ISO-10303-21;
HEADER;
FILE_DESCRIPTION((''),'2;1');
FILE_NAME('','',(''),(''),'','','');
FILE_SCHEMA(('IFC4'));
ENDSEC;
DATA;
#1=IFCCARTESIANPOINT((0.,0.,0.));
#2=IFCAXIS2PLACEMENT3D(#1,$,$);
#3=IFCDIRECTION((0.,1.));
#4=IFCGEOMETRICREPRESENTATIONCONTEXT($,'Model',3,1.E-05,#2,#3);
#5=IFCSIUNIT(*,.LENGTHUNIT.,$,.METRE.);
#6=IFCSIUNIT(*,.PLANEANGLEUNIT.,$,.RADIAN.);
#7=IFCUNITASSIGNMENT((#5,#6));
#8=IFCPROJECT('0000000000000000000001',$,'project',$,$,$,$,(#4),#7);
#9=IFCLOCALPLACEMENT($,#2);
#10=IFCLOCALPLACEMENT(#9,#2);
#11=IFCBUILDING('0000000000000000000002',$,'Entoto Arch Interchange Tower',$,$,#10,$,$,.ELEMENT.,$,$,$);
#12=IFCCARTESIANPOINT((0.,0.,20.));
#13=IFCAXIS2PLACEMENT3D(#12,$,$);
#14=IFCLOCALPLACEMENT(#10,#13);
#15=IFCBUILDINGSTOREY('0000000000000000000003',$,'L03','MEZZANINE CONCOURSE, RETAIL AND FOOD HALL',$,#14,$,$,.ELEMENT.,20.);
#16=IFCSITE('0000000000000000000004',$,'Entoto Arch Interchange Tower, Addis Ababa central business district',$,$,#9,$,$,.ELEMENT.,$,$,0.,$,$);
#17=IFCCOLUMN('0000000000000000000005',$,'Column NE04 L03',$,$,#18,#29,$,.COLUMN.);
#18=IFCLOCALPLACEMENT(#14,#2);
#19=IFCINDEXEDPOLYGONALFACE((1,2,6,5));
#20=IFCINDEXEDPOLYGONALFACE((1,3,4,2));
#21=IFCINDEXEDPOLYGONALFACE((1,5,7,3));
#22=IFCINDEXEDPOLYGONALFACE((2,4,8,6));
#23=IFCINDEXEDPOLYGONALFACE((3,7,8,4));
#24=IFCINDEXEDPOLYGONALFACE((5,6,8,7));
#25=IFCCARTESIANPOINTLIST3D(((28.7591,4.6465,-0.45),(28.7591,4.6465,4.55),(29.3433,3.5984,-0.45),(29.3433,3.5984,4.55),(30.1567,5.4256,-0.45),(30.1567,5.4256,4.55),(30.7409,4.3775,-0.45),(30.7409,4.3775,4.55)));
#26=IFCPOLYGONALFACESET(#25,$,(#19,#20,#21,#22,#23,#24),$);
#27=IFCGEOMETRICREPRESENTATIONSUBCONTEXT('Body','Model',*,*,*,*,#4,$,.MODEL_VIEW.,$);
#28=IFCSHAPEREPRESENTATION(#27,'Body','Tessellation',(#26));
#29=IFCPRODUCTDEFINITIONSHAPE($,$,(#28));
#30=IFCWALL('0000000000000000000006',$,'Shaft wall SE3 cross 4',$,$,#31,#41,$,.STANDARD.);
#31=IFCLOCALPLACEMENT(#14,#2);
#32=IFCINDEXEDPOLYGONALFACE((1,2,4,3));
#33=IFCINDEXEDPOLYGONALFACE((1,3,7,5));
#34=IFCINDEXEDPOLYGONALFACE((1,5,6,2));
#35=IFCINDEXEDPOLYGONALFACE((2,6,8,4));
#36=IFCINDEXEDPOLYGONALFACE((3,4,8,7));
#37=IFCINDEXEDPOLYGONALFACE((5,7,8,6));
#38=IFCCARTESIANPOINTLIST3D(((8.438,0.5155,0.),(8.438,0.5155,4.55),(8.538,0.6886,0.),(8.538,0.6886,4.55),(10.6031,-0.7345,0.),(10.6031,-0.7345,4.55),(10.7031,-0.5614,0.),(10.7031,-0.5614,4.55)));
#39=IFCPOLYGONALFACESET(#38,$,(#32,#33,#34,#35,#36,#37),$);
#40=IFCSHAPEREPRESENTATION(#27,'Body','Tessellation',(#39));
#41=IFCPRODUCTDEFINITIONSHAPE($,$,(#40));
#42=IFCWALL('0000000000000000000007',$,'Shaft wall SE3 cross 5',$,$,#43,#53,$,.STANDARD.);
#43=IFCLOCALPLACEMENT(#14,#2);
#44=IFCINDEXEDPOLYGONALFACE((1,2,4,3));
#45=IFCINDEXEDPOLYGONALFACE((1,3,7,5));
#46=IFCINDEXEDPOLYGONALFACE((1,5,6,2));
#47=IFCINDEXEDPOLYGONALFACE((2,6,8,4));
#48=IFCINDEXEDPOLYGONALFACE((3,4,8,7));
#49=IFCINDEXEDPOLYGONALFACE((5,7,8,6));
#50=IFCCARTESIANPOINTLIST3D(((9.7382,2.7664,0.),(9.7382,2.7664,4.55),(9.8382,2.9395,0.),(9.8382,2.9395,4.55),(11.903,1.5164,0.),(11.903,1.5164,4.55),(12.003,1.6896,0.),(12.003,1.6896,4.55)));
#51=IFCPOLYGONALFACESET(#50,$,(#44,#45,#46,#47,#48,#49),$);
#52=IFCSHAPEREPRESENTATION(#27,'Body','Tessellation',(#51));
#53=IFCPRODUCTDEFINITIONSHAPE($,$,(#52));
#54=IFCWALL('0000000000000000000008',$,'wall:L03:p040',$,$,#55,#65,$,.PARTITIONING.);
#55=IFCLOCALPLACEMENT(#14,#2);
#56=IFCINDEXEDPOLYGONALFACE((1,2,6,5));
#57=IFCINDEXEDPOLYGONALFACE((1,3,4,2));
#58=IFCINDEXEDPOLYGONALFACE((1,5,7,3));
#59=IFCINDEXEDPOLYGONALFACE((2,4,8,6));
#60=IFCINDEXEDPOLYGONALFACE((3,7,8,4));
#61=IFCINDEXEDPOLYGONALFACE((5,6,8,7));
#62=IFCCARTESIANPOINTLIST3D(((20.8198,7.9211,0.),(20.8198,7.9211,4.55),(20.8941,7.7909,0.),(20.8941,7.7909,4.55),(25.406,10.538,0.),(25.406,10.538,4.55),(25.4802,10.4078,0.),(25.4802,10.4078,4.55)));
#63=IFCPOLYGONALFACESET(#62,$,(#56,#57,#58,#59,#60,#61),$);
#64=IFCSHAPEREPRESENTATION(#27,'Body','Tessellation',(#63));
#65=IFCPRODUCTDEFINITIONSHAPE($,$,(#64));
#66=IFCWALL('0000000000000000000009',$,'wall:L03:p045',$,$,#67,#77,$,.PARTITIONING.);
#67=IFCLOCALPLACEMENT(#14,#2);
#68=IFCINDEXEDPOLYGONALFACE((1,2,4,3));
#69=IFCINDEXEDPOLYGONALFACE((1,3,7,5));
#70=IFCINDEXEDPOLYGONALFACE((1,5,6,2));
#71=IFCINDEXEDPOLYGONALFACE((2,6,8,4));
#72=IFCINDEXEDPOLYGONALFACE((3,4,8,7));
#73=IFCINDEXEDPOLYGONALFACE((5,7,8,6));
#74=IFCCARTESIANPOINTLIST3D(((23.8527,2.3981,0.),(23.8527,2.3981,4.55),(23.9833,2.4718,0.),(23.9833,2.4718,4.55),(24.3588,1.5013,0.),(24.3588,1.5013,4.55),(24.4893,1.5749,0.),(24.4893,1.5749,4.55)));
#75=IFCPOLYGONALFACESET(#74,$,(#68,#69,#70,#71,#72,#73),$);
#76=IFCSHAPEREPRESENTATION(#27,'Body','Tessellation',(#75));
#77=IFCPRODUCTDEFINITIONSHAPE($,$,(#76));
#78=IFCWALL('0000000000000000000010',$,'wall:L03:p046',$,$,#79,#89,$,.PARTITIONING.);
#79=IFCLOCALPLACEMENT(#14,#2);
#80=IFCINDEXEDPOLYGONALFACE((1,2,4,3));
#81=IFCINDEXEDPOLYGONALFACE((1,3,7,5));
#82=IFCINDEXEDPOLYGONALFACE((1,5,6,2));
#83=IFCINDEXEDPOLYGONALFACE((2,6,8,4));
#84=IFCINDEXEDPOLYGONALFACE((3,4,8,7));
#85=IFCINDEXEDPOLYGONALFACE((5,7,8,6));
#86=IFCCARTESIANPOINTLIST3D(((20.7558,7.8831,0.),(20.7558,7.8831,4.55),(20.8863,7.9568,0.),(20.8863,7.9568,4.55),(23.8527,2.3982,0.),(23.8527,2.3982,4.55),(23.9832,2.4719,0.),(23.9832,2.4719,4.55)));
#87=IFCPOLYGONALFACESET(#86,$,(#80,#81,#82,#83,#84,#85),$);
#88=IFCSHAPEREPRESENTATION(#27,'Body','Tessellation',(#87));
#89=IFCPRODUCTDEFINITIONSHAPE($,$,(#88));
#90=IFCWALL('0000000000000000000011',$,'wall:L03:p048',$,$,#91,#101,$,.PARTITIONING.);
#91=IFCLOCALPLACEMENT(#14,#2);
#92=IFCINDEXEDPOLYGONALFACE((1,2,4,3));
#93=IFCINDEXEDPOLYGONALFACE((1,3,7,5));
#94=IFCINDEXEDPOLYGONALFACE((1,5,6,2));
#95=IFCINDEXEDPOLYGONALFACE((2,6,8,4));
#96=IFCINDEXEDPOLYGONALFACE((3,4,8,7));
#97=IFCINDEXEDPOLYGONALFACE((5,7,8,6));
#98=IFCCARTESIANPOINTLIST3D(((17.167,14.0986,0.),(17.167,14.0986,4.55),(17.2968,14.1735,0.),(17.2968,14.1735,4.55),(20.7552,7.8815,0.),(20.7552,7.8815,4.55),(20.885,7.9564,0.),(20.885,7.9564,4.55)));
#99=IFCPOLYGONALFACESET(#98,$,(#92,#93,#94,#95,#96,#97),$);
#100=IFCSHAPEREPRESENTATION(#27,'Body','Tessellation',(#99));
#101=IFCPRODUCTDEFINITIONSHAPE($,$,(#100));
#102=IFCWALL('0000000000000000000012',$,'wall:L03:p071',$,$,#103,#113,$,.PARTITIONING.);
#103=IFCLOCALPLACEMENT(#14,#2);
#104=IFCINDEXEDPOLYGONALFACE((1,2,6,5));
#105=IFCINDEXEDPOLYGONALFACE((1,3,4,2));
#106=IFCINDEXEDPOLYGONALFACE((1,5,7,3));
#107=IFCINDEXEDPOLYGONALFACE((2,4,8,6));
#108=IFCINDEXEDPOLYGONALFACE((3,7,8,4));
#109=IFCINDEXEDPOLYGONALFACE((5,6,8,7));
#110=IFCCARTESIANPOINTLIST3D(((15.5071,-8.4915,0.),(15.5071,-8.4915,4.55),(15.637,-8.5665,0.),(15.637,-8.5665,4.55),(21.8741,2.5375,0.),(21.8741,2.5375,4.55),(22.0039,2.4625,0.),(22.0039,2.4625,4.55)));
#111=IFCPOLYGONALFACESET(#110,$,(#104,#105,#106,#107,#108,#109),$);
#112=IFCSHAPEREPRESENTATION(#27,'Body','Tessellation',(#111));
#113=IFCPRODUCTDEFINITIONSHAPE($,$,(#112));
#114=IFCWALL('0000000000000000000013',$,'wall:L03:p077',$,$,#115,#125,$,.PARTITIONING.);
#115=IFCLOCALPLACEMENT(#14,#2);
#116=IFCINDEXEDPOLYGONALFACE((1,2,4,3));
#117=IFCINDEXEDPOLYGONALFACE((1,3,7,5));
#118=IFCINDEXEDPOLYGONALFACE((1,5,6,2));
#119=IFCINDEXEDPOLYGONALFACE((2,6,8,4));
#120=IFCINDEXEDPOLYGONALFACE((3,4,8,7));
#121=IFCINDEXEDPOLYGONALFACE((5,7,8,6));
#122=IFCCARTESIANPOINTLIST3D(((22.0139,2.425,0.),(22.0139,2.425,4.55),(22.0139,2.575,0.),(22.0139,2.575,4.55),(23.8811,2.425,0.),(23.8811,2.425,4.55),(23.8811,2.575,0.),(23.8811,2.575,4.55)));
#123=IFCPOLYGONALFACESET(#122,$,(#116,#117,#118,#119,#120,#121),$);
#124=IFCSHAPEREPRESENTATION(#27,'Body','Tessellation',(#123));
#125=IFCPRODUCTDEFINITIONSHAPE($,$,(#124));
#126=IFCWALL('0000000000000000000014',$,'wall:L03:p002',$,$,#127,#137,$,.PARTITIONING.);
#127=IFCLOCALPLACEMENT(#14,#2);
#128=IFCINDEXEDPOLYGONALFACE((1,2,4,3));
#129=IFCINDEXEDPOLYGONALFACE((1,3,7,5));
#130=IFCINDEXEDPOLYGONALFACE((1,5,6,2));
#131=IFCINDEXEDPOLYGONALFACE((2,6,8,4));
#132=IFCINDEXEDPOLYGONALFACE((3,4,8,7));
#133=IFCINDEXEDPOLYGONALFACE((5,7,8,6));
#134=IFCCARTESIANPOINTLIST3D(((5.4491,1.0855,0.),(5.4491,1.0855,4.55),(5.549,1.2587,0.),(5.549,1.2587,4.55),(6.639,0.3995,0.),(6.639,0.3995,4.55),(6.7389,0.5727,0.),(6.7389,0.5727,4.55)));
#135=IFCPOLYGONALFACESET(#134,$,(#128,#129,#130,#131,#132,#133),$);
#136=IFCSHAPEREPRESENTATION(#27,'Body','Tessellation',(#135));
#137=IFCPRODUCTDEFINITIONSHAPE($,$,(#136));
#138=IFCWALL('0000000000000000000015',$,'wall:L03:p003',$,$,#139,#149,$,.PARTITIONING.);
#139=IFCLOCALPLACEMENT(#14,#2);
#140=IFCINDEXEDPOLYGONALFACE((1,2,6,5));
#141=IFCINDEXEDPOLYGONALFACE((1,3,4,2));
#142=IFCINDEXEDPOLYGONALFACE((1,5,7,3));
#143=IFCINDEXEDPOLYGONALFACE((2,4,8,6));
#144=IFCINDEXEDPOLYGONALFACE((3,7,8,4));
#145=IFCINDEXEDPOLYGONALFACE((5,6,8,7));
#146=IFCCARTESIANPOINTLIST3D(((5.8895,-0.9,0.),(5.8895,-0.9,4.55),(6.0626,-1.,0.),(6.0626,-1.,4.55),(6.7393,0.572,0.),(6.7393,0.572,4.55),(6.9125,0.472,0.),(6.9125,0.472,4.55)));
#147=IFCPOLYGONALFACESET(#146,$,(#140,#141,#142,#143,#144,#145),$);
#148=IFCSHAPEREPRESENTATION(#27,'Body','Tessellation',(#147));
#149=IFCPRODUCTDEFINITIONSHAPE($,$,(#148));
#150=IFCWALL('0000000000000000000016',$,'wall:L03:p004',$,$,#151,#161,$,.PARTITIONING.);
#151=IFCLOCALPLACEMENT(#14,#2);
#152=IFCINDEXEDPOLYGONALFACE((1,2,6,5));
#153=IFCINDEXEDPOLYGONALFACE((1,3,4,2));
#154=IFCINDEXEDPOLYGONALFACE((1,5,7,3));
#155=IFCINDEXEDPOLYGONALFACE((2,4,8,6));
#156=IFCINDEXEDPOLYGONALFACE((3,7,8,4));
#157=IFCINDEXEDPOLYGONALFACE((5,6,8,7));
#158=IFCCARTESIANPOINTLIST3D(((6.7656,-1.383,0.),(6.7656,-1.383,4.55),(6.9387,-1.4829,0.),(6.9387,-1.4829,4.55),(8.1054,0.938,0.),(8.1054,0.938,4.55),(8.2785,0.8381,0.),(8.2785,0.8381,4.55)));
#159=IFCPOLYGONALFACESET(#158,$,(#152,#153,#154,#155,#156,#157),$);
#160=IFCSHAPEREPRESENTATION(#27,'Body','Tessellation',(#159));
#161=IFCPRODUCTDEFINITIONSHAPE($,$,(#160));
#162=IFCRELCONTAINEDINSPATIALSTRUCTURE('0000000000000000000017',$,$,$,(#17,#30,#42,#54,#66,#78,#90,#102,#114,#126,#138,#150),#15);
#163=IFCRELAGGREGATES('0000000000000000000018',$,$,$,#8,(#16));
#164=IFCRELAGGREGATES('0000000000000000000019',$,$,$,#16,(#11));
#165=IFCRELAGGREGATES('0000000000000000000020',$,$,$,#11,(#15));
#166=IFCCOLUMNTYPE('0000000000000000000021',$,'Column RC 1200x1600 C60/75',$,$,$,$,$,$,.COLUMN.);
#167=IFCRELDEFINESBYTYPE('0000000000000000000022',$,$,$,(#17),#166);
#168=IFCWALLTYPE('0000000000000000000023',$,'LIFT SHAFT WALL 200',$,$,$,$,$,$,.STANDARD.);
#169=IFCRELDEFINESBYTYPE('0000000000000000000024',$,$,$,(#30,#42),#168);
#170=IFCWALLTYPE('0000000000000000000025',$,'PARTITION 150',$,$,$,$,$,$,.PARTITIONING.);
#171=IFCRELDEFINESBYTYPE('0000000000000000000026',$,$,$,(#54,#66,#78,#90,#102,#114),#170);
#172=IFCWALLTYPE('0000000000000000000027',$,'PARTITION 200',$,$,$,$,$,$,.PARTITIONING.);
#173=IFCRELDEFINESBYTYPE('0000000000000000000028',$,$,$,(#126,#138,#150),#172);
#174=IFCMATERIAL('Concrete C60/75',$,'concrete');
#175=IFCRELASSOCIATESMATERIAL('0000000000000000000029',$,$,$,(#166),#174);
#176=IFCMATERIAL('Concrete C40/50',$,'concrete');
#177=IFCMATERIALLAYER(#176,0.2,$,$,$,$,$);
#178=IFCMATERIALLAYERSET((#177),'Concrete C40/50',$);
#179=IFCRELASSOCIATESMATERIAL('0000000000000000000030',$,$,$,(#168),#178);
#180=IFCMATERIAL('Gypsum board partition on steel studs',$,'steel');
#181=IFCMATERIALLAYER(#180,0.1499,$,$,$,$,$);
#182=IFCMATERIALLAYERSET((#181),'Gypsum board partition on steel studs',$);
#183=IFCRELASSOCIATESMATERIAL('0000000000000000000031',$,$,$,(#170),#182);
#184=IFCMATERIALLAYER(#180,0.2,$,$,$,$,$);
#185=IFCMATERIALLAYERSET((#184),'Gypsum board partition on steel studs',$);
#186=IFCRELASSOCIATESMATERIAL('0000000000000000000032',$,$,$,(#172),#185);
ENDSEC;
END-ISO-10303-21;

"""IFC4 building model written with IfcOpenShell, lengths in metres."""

from ifc_helpers import new_model, si_unit, direction, frame, frame_2d, origin, origin_2d, place, context, subcontext, project, spatial, rectangle, extrude, material, layer, layer_set, material_profile, profile_set, type_object, element, save


model = new_model("IFC4")

# Units and contexts
model_context = context("Model", 3, precision=1e-05, world=origin(), true_north=direction((0.0, 1.0)))
body_context = subcontext(model_context, "Body", "Model", "MODEL_VIEW")
ifc_project = project(units=[si_unit("LENGTHUNIT", "METRE"), si_unit("PLANEANGLEUNIT", "RADIAN")], contexts=[model_context])

# Site, building, storey
site_placement = place(None, origin())
site = spatial("IfcSite", under=ifc_project, at=site_placement, Name="Entoto Arch Interchange Tower, Addis Ababa central business district", CompositionType="ELEMENT", RefElevation=0.0)
building_placement = place(site_placement, origin())
building = spatial("IfcBuilding", under=site, at=building_placement, Name="Entoto Arch Interchange Tower", CompositionType="ELEMENT")
storey_placement = place(building_placement, frame((0.0, 0.0, 20.0)))
storey = spatial("IfcBuildingStorey", under=building, at=storey_placement, Name="L03", Description="MEZZANINE CONCOURSE, RETAIL AND FOOD HALL", CompositionType="ELEMENT", Elevation=20.0)

# Column
ifc_material_1 = material(Name="Concrete C60/75", Category="concrete")
ifc_material_profile = material_profile(ifc_material_1, rectangle(XDim=1.2, YDim=1.6001, at=origin_2d()))
ifc_profile_set = profile_set([ifc_material_profile], Name="Concrete C60/75")
column_type = type_object("IfcColumnType", Name="Column RC 1200x1600 C60/75", PredefinedType="COLUMN", material=ifc_profile_set)
column_placement = place(storey_placement, frame((29.75, 4.512, -0.45), z_axis=(0.0, 0.0, 1.0), x_axis=(-0.486915, 0.873449, 0.0)))
element("IfcColumn", 1, at=column_placement, inside=storey, type_object=column_type, Name="Column NE04 L03", PredefinedType="COLUMN", context=body_context, shape_type="SweptSolid", body=[
    extrude(rectangle(XDim=1.2, YDim=1.6001, at=origin_2d()), origin(), (0.0, 0.0, 1.0), 5.0),
])

# Walls
ifc_material_2 = material(Name="Concrete C40/50", Category="concrete")
ifc_layer_1 = layer(ifc_material_2, 0.2)
ifc_layer_set_1 = layer_set([ifc_layer_1], Name="Concrete C40/50")
wall_type_1 = type_object("IfcWallType", Name="LIFT SHAFT WALL 200", PredefinedType="STANDARD", material=ifc_layer_set_1)
wall_1_placement = place(storey_placement, frame((8.488, 0.6021, 0.0), z_axis=(0.0, 0.0, 1.0), x_axis=(0.866023, -0.500004, 0.0)))
element("IfcWall", 2, at=wall_1_placement, inside=storey, type_object=wall_type_1, Name="Shaft wall SE3 cross 4", PredefinedType="STANDARD", context=body_context, shape_type="SweptSolid", body=[
    extrude(rectangle(XDim=2.5, YDim=0.2, at=frame_2d((1.25, 0.0))), origin(), (0.0, 0.0, 1.0), 4.55),
])
wall_2_placement = place(storey_placement, frame((9.7881, 2.853, 0.0), z_axis=(0.0, 0.0, 1.0), x_axis=(0.865999, -0.500047, 0.0)))
element("IfcWall", 3, at=wall_2_placement, inside=storey, type_object=wall_type_1, Name="Shaft wall SE3 cross 5", PredefinedType="STANDARD", context=body_context, shape_type="SweptSolid", body=[
    extrude(rectangle(XDim=2.4998, YDim=0.2, at=frame_2d((1.25, 0.0))), origin(), (0.0, 0.0, 1.0), 4.55),
])
ifc_material_3 = material(Name="Gypsum board partition on steel studs", Category="steel")
ifc_layer_2 = layer(ifc_material_3, 0.1499)
ifc_layer_set_2 = layer_set([ifc_layer_2], Name="Gypsum board partition on steel studs")
wall_type_2 = type_object("IfcWallType", Name="PARTITION 150", PredefinedType="PARTITIONING", material=ifc_layer_set_2)
wall_3_placement = place(storey_placement, frame((20.8569, 7.856, 0.0), z_axis=(0.0, 0.0, 1.0), x_axis=(0.868547, 0.495606, 0.0)))
element("IfcWall", 4, at=wall_3_placement, inside=storey, type_object=wall_type_2, Name="wall:L03:p040", PredefinedType="PARTITIONING", context=body_context, shape_type="SweptSolid", body=[
    extrude(rectangle(XDim=5.2803, YDim=0.1499, at=frame_2d((2.6401, 0.0))), origin(), (0.0, 0.0, 1.0), 4.55),
])
wall_4_placement = place(storey_placement, frame((24.4241, 1.5381, 0.0), z_axis=(0.0, 0.0, 1.0), x_axis=(-0.491409, 0.870929, 0.0)))
element("IfcWall", 5, at=wall_4_placement, inside=storey, type_object=wall_type_2, Name="wall:L03:p045", PredefinedType="PARTITIONING", context=body_context, shape_type="SweptSolid", body=[
    extrude(rectangle(XDim=1.0298, YDim=0.1499, at=frame_2d((0.5149, 0.0))), origin(), (0.0, 0.0, 1.0), 4.55),
])
wall_5_placement = place(storey_placement, frame((23.918, 2.4351, 0.0), z_axis=(0.0, 0.0, 1.0), x_axis=(-0.49167, 0.870781, 0.0)))
element("IfcWall", 6, at=wall_5_placement, inside=storey, type_object=wall_type_2, Name="wall:L03:p046", PredefinedType="PARTITIONING", context=body_context, shape_type="SweptSolid", body=[
    extrude(rectangle(XDim=6.2988, YDim=0.1499, at=frame_2d((3.1494, 0.0))), origin(), (0.0, 0.0, 1.0), 4.55),
])
wall_6_placement = place(storey_placement, frame((20.8201, 7.9189, 0.0), z_axis=(0.0, 0.0, 1.0), x_axis=(-0.499867, 0.866102, 0.0)))
element("IfcWall", 7, at=wall_6_placement, inside=storey, type_object=wall_type_2, Name="wall:L03:p048", PredefinedType="PARTITIONING", context=body_context, shape_type="SweptSolid", body=[
    extrude(rectangle(XDim=7.1782, YDim=0.1499, at=frame_2d((3.5891, 0.0))), origin(), (0.0, 0.0, 1.0), 4.55),
])
wall_7_placement = place(storey_placement, frame((21.939, 2.5, 0.0), z_axis=(0.0, 0.0, 1.0), x_axis=(-0.49996, -0.866049, 0.0)))
element("IfcWall", 8, at=wall_7_placement, inside=storey, type_object=wall_type_2, Name="wall:L03:p071", PredefinedType="PARTITIONING", context=body_context, shape_type="SweptSolid", body=[
    extrude(rectangle(XDim=12.7349, YDim=0.1499, at=frame_2d((6.3674, 0.0))), origin(), (0.0, 0.0, 1.0), 4.55),
])
wall_8_placement = place(storey_placement, frame((22.0139, 2.5, 0.0), z_axis=(0.0, 0.0, 1.0), x_axis=(1.0, 0.0, 0.0)))
element("IfcWall", 9, at=wall_8_placement, inside=storey, type_object=wall_type_2, Name="wall:L03:p077", PredefinedType="PARTITIONING", context=body_context, shape_type="SweptSolid", body=[
    extrude(rectangle(XDim=1.8672, YDim=0.1499, at=frame_2d((0.9336, 0.0))), origin(), (0.0, 0.0, 1.0), 4.55),
])
ifc_layer_3 = layer(ifc_material_3, 0.2)
ifc_layer_set_3 = layer_set([ifc_layer_3], Name="Gypsum board partition on steel studs")
wall_type_3 = type_object("IfcWallType", Name="PARTITION 200", PredefinedType="PARTITIONING", material=ifc_layer_set_3)
wall_9_placement = place(storey_placement, frame((5.499, 1.1721, 0.0), z_axis=(0.0, 0.0, 1.0), x_axis=(0.866334, -0.499466, 0.0)))
element("IfcWall", 10, at=wall_9_placement, inside=storey, type_object=wall_type_3, Name="wall:L03:p002", PredefinedType="PARTITIONING", context=body_context, shape_type="SweptSolid", body=[
    extrude(rectangle(XDim=1.3735, YDim=0.2, at=frame_2d((0.6868, 0.0))), origin(), (0.0, 0.0, 1.0), 4.55),
])
wall_10_placement = place(storey_placement, frame((6.8259, 0.522, 0.0), z_axis=(0.0, 0.0, 1.0), x_axis=(-0.500017, -0.866016, 0.0)))
element("IfcWall", 11, at=wall_10_placement, inside=storey, type_object=wall_type_3, Name="wall:L03:p003", PredefinedType="PARTITIONING", context=body_context, shape_type="SweptSolid", body=[
    extrude(rectangle(XDim=1.6997, YDim=0.2, at=frame_2d((0.8499, 0.0))), origin(), (0.0, 0.0, 1.0), 4.55),
])
wall_11_placement = place(storey_placement, frame((8.1919, 0.8879, 0.0), z_axis=(0.0, 0.0, 1.0), x_axis=(-0.499941, -0.86606, 0.0)))
element("IfcWall", 12, at=wall_11_placement, inside=storey, type_object=wall_type_3, Name="wall:L03:p004", PredefinedType="PARTITIONING", context=body_context, shape_type="SweptSolid", body=[
    extrude(rectangle(XDim=2.6799, YDim=0.2, at=frame_2d((1.3398, 0.0))), origin(), (0.0, 0.0, 1.0), 4.55),
])

save(model, "model.ifc")
